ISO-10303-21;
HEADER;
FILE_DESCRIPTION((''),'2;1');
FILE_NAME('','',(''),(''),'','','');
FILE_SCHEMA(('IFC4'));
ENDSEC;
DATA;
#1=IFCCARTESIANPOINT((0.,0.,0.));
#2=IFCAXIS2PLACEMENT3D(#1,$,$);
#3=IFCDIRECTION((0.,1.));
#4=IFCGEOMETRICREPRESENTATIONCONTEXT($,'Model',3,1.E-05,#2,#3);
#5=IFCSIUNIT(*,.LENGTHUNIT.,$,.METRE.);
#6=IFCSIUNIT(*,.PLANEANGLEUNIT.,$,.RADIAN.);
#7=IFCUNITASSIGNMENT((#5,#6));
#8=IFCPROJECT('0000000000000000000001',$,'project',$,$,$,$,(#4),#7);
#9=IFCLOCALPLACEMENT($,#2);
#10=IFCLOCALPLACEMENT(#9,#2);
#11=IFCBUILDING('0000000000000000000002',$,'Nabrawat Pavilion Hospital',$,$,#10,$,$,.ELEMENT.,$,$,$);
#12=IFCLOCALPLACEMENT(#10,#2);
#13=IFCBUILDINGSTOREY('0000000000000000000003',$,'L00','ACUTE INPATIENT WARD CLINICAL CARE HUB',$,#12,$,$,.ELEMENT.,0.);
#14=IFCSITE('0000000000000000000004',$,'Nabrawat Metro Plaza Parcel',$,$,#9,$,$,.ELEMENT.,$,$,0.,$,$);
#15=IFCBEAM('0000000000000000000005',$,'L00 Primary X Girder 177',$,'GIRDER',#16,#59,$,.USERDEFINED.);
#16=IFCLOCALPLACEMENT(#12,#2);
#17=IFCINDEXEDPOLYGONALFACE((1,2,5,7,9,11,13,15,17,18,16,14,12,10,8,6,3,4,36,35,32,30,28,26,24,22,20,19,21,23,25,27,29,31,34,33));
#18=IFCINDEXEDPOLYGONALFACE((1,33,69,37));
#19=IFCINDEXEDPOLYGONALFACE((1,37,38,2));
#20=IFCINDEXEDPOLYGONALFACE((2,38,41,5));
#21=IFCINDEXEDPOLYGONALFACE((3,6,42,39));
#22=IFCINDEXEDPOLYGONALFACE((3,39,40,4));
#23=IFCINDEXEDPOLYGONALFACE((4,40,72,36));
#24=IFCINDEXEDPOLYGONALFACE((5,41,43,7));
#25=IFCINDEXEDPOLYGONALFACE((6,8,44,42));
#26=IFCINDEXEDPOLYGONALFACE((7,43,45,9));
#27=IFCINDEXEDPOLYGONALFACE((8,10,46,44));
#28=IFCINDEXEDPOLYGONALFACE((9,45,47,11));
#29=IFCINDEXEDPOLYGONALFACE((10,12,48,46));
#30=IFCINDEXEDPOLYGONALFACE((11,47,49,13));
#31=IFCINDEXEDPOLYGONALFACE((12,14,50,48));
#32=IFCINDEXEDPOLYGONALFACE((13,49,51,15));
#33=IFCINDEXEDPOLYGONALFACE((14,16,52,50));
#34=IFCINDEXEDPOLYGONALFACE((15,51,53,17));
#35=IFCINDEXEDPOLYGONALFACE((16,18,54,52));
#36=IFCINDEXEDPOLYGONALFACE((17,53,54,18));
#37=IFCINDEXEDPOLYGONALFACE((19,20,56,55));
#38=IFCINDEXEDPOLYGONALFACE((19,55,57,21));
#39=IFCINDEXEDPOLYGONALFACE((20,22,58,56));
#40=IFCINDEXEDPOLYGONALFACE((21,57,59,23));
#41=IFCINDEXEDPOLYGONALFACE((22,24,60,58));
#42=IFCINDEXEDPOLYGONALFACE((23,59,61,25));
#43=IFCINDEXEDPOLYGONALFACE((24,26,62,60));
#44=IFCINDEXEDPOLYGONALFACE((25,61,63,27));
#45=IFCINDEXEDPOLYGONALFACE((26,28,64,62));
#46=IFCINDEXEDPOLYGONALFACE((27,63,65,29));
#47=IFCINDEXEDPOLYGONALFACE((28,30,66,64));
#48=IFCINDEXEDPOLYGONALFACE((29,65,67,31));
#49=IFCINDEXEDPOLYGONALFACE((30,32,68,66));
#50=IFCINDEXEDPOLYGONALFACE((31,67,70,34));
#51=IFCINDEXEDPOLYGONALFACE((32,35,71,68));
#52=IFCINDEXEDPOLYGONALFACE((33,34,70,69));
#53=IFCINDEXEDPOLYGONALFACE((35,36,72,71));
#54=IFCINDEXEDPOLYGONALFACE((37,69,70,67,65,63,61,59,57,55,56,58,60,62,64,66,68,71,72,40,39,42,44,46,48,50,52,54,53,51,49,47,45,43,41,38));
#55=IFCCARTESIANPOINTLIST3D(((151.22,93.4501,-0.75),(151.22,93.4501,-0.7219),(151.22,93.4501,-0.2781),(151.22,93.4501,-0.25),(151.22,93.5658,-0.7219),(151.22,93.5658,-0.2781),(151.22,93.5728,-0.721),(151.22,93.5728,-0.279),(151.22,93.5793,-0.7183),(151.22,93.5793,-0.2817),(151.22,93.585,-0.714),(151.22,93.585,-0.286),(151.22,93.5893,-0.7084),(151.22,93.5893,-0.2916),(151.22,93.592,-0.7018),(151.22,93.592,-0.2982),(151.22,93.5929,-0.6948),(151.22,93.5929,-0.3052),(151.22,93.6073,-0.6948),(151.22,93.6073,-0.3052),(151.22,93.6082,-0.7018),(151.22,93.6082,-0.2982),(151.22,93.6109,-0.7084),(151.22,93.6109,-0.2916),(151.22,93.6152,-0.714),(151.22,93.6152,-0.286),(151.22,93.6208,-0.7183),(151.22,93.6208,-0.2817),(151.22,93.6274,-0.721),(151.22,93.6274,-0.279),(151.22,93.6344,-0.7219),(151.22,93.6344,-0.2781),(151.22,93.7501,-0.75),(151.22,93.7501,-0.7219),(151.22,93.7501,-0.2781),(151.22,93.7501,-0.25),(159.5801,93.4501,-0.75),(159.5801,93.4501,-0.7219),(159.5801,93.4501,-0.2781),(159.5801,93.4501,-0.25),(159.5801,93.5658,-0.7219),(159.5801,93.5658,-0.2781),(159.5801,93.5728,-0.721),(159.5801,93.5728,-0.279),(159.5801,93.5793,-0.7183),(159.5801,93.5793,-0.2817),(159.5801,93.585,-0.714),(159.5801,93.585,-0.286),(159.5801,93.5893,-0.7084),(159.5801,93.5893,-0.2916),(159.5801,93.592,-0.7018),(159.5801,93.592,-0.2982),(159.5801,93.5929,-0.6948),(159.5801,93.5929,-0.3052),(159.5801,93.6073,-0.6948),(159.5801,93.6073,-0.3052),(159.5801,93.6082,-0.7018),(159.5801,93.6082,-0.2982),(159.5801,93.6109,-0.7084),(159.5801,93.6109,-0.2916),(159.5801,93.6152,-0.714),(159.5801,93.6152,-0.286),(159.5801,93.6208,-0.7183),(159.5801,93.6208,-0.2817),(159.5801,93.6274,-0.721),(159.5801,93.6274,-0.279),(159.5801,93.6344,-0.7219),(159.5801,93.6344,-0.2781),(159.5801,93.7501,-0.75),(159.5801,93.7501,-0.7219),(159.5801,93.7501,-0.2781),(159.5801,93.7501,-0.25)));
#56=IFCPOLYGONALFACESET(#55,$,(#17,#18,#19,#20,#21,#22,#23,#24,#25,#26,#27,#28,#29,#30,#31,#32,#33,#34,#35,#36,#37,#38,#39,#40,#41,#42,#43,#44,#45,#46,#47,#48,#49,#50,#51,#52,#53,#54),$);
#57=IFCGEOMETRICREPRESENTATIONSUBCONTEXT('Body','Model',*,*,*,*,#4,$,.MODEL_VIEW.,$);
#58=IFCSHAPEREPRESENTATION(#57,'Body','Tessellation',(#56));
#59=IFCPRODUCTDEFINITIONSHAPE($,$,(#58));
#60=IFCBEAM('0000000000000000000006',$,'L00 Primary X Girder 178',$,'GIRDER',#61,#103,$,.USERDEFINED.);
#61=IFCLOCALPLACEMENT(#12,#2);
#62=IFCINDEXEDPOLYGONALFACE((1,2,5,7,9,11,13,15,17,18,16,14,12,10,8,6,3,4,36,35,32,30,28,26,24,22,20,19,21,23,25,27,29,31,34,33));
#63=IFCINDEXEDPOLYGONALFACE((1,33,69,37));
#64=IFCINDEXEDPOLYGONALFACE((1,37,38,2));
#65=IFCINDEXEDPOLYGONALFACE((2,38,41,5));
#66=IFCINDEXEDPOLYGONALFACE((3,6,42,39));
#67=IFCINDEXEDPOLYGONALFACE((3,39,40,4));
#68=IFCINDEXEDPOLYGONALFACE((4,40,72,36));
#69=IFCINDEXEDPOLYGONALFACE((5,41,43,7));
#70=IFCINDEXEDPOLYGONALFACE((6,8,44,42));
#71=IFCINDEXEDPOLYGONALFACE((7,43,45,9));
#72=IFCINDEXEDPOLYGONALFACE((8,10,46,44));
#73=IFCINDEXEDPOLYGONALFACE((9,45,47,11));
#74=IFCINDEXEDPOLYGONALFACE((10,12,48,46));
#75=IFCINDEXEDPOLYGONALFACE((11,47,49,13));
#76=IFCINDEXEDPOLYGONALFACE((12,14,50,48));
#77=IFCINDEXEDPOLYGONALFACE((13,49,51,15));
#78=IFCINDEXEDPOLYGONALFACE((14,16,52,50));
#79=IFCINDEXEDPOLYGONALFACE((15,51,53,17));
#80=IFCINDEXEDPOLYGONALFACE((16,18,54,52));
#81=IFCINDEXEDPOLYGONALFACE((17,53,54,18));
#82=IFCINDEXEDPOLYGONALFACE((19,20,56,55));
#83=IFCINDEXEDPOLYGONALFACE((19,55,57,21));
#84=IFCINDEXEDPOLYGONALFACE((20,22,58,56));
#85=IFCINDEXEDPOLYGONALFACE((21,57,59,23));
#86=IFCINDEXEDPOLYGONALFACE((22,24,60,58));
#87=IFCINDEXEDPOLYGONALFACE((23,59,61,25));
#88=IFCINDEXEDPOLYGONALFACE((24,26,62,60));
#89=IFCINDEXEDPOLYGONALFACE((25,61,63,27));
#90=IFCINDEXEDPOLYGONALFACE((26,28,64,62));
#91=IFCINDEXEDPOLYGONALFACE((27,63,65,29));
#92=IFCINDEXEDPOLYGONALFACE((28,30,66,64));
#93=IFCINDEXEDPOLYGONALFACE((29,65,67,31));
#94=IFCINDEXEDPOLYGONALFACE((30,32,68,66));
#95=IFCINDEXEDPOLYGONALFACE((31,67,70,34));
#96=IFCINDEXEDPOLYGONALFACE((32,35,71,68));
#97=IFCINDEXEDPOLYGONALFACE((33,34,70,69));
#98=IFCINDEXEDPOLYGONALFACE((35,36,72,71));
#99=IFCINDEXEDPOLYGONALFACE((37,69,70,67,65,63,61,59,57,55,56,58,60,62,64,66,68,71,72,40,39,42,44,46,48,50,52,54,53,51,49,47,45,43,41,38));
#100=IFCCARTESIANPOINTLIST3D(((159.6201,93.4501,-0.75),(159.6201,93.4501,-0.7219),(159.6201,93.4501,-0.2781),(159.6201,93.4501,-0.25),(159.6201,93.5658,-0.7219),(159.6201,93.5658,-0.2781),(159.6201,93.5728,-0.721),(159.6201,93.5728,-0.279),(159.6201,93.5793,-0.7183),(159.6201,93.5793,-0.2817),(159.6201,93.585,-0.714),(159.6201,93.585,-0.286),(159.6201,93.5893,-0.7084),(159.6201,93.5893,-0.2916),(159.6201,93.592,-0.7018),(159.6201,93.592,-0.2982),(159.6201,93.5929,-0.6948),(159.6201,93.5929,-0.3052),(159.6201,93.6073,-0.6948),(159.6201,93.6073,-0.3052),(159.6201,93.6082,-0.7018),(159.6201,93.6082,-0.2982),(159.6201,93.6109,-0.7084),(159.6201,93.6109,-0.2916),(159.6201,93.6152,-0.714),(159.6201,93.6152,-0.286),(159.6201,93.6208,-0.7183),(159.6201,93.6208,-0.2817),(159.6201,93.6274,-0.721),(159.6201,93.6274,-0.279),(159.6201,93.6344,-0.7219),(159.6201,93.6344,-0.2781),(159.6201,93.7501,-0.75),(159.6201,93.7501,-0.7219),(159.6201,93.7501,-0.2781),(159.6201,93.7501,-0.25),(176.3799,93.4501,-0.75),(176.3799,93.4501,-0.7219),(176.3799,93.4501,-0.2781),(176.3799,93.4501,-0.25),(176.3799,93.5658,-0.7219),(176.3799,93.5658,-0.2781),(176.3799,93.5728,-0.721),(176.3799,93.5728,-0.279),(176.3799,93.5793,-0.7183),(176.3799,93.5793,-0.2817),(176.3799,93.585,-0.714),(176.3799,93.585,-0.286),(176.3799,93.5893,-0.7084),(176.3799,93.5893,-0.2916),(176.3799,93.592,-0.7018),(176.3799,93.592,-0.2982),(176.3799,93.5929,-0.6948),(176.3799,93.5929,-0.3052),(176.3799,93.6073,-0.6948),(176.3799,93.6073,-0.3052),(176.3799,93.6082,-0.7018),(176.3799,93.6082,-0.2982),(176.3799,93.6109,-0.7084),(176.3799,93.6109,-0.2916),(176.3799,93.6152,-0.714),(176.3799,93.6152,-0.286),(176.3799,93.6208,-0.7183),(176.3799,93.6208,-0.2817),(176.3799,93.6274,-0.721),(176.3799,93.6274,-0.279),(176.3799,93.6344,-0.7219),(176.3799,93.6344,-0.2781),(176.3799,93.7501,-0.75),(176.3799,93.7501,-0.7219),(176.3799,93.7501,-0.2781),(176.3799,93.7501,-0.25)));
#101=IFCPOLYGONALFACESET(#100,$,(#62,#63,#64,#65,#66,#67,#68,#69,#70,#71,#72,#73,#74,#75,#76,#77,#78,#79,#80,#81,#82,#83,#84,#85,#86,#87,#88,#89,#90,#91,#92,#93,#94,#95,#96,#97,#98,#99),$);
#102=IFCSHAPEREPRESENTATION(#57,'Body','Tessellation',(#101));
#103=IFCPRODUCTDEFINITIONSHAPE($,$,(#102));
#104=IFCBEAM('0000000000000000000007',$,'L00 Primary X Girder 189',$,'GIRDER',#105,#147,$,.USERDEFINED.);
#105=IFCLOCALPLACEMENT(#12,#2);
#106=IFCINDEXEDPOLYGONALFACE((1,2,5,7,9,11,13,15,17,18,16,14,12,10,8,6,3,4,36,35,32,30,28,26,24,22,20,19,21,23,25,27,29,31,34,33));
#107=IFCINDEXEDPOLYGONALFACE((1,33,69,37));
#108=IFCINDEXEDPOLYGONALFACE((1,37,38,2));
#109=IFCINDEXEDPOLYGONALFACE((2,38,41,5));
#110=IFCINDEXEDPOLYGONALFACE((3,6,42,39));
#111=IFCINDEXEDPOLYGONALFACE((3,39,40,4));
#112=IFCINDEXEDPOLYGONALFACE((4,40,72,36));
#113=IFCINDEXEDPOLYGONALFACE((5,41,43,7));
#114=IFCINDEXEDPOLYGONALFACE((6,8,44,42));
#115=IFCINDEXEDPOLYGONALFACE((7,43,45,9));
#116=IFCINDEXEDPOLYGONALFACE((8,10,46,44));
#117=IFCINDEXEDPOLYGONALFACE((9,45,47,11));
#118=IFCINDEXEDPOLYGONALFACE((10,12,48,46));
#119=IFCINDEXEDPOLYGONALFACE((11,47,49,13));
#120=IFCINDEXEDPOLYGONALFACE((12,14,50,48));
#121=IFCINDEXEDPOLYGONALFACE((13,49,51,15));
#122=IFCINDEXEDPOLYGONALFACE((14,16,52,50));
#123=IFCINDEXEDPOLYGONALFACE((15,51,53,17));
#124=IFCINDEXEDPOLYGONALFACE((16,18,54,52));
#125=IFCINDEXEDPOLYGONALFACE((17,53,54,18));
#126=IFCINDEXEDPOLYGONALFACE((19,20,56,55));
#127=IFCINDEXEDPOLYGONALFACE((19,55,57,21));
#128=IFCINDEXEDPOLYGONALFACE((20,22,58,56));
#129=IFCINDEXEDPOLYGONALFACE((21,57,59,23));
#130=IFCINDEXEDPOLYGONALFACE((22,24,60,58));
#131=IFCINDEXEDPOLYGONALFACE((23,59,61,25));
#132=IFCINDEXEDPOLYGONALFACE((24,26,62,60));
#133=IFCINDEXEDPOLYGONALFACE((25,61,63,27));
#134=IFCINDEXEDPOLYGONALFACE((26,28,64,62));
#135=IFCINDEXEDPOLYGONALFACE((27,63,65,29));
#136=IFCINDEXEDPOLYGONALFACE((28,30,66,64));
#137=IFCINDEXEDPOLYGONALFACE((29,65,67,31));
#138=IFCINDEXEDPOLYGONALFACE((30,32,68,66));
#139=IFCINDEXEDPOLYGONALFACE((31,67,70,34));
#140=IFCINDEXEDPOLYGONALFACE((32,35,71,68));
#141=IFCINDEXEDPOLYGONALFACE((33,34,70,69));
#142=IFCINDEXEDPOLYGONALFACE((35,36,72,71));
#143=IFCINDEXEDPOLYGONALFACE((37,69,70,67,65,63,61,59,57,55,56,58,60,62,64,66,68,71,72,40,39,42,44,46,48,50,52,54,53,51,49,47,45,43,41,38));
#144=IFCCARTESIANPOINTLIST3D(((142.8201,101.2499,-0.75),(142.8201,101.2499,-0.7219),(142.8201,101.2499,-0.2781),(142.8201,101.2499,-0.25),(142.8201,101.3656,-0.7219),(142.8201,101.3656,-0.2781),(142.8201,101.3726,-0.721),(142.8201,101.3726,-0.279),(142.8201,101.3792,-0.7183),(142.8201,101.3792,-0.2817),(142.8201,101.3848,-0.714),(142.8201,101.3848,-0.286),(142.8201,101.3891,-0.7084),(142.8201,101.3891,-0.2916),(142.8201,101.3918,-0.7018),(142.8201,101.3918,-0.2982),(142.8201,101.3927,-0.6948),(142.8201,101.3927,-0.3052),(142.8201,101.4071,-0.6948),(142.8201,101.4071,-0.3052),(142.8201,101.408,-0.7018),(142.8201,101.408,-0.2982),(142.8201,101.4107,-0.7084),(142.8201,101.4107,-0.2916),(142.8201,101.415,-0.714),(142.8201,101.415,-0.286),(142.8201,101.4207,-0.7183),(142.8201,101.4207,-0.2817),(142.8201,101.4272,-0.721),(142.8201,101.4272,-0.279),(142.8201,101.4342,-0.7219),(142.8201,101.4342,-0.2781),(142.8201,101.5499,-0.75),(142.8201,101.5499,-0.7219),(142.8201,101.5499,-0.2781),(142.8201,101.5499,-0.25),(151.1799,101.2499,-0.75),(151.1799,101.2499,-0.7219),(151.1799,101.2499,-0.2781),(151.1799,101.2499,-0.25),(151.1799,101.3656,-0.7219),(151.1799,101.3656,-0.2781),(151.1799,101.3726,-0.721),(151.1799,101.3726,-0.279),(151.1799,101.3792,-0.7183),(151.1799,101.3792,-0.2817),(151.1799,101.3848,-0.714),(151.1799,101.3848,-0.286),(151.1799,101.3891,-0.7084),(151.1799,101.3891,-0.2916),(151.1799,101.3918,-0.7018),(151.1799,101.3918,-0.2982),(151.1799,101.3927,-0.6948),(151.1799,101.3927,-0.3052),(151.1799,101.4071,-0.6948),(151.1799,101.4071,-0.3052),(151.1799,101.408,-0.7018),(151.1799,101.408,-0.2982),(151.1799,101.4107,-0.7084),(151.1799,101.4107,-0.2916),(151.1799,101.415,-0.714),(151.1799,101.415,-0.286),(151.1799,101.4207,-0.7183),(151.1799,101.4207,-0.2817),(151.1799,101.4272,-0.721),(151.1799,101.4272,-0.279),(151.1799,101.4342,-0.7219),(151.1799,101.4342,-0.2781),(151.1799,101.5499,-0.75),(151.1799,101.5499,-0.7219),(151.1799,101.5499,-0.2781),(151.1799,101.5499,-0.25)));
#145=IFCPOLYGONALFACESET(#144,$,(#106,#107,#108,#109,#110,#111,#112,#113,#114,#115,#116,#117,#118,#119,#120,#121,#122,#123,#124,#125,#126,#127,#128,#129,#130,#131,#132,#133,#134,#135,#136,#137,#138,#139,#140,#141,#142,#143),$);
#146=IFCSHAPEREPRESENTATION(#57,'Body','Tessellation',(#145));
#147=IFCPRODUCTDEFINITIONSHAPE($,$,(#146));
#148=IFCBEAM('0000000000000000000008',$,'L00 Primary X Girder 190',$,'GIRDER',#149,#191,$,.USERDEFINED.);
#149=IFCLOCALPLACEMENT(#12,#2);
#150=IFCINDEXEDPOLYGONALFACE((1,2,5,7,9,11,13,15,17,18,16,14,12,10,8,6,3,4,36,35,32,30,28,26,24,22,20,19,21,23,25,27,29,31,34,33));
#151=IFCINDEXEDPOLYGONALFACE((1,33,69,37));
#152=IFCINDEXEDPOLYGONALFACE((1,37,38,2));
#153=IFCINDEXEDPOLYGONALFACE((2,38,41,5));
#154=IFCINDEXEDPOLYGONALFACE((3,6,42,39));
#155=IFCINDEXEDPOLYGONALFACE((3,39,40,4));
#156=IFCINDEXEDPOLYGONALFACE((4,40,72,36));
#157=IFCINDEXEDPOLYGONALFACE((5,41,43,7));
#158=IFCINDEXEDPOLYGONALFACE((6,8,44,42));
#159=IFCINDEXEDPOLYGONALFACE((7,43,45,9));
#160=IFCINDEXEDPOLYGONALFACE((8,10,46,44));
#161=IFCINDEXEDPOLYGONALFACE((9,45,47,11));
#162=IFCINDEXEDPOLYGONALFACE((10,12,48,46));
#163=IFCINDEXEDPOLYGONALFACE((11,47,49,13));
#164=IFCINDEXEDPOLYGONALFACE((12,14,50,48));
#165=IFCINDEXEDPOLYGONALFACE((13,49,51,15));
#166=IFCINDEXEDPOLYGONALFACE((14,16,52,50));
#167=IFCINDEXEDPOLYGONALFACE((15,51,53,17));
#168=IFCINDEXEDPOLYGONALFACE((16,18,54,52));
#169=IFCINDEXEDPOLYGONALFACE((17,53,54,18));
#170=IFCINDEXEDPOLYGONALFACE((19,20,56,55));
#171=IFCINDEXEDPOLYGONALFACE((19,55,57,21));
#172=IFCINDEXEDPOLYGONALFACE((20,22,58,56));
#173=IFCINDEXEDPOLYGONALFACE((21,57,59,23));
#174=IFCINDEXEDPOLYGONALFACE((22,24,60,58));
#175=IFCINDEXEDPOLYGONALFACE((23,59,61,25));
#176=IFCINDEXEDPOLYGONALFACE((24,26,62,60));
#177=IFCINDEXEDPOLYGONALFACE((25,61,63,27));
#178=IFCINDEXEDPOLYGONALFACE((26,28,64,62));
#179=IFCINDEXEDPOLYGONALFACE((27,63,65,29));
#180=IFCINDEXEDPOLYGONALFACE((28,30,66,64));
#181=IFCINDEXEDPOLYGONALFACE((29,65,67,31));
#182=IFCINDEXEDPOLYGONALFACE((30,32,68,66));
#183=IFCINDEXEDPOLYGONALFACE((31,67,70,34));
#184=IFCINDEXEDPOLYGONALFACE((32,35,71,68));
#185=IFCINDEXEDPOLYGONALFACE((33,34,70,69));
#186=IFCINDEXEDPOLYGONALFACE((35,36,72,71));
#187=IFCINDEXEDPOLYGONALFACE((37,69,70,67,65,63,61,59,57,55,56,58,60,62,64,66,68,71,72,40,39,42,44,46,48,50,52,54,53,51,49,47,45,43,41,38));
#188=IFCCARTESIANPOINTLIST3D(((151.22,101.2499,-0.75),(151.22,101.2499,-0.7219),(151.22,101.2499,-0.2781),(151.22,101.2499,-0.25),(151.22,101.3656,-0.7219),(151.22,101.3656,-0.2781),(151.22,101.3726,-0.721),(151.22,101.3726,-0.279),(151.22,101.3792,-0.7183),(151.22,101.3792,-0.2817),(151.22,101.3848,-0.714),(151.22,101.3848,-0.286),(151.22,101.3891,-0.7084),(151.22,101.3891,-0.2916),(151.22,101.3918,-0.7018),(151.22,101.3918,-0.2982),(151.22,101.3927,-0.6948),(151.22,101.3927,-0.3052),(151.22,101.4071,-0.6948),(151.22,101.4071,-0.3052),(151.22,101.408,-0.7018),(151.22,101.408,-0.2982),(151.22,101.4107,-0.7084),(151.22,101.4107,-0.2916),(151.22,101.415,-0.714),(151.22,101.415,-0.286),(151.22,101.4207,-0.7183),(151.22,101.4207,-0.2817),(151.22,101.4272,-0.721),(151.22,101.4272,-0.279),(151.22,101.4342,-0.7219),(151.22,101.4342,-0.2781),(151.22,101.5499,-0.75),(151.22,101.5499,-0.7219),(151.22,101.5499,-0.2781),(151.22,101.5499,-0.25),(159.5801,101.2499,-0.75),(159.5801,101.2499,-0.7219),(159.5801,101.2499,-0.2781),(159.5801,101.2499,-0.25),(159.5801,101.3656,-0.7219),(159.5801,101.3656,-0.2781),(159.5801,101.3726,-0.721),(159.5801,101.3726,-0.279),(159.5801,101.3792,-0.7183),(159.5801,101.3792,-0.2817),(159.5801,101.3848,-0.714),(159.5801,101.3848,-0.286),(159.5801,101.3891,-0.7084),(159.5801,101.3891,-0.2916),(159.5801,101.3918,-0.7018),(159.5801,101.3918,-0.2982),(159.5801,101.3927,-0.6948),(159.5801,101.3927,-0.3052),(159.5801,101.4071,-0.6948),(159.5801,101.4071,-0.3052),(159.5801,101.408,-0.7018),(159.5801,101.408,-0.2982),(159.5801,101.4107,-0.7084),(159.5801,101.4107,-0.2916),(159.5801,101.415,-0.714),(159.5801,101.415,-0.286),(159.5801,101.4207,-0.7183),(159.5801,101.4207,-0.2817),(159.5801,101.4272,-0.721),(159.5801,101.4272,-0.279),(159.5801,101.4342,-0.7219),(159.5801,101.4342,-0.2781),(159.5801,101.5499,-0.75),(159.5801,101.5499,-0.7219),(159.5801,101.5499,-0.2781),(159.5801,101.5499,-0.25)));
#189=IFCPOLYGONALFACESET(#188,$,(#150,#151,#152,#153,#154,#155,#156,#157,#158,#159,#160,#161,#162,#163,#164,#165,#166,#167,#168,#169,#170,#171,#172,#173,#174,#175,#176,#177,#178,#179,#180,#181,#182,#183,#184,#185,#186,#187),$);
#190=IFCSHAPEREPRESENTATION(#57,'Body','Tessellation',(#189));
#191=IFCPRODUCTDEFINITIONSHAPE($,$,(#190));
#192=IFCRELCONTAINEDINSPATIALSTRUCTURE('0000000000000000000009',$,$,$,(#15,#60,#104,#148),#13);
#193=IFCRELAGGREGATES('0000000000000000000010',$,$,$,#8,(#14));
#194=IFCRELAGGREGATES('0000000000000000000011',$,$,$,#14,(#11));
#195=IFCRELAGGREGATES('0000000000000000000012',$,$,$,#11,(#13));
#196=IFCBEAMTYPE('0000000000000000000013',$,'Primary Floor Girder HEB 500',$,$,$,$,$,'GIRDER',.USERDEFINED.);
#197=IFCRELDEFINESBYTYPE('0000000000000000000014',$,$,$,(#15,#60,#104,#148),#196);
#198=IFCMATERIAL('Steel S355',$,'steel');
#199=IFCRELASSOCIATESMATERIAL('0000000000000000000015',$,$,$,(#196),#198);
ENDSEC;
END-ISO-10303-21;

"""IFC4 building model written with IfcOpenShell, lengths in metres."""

from ifc_helpers import new_model, si_unit, direction, frame, origin, origin_2d, place, context, subcontext, project, spatial, i_section, extrude, material, material_profile, profile_set, type_object, element, save


model = new_model("IFC4")

# Units and contexts
model_context = context("Model", 3, precision=1e-05, world=origin(), true_north=direction((0.0, 1.0)))
body_context = subcontext(model_context, "Body", "Model", "MODEL_VIEW")
ifc_project = project(units=[si_unit("LENGTHUNIT", "METRE"), si_unit("PLANEANGLEUNIT", "RADIAN")], contexts=[model_context])

# Site, building, storey
site_placement = place(None, origin())
site = spatial("IfcSite", under=ifc_project, at=site_placement, Name="Nabrawat Metro Plaza Parcel", CompositionType="ELEMENT", RefElevation=0.0)
building_placement = place(site_placement, origin())
building = spatial("IfcBuilding", under=site, at=building_placement, Name="Nabrawat Pavilion Hospital", CompositionType="ELEMENT")
storey_placement = place(building_placement, origin())
storey = spatial("IfcBuildingStorey", under=building, at=storey_placement, Name="L00", Description="ACUTE INPATIENT WARD CLINICAL CARE HUB", CompositionType="ELEMENT", Elevation=0.0)

# Shared definitions
ifc_material_1 = material(Name="Steel S355", Category="steel")

# Beams
ifc_material_profile_1 = material_profile(ifc_material_1, i_section(OverallWidth=0.3, OverallDepth=0.5, WebThickness=0.0144, FlangeThickness=0.0281, FilletRadius=0.0271, at=origin_2d()), Name="HEB 500")
ifc_profile_set_1 = profile_set([ifc_material_profile_1], Name="Steel S355")
beam_type_1 = type_object("IfcBeamType", Name="Primary Floor Girder HEB 500", ElementType="GIRDER", PredefinedType="USERDEFINED", material=ifc_profile_set_1)
beam_1_placement = place(storey_placement, frame((151.22, 93.6001, -0.5), z_axis=(1.0, 0.0, 0.0), x_axis=(0.0, 1.0, 0.0)))
element("IfcBeam", 1, at=beam_1_placement, inside=storey, type_object=beam_type_1, Name="L00 Primary X Girder 177", ObjectType="GIRDER", PredefinedType="USERDEFINED", context=body_context, shape_type="SweptSolid", body=[
    extrude(i_section(OverallWidth=0.3, OverallDepth=0.5, WebThickness=0.0144, FlangeThickness=0.0281, FilletRadius=0.0271, at=origin_2d()), origin(), (0.0, 0.0, 1.0), 8.3601),
])
beam_2_placement = place(storey_placement, frame((159.6201, 93.6001, -0.5), z_axis=(1.0, 0.0, 0.0), x_axis=(0.0, 1.0, 0.0)))
element("IfcBeam", 2, at=beam_2_placement, inside=storey, type_object=beam_type_1, Name="L00 Primary X Girder 178", ObjectType="GIRDER", PredefinedType="USERDEFINED", context=body_context, shape_type="SweptSolid", body=[
    extrude(i_section(OverallWidth=0.3, OverallDepth=0.5, WebThickness=0.0144, FlangeThickness=0.0281, FilletRadius=0.0271, at=origin_2d()), origin(), (0.0, 0.0, 1.0), 16.7598),
])
beam_3_placement = place(storey_placement, frame((142.8201, 101.3999, -0.5), z_axis=(1.0, 0.0, 0.0), x_axis=(0.0, 1.0, 0.0)))
element("IfcBeam", 3, at=beam_3_placement, inside=storey, type_object=beam_type_1, Name="L00 Primary X Girder 189", ObjectType="GIRDER", PredefinedType="USERDEFINED", context=body_context, shape_type="SweptSolid", body=[
    extrude(i_section(OverallWidth=0.3, OverallDepth=0.5, WebThickness=0.0144, FlangeThickness=0.0281, FilletRadius=0.0271, at=origin_2d()), origin(), (0.0, 0.0, 1.0), 8.3599),
])
beam_4_placement = place(storey_placement, frame((151.22, 101.3999, -0.5), z_axis=(1.0, 0.0, 0.0), x_axis=(0.0, 1.0, 0.0)))
element("IfcBeam", 4, at=beam_4_placement, inside=storey, type_object=beam_type_1, Name="L00 Primary X Girder 190", ObjectType="GIRDER", PredefinedType="USERDEFINED", context=body_context, shape_type="SweptSolid", body=[
    extrude(i_section(OverallWidth=0.3, OverallDepth=0.5, WebThickness=0.0144, FlangeThickness=0.0281, FilletRadius=0.0271, at=origin_2d()), origin(), (0.0, 0.0, 1.0), 8.3601),
])

save(model, "model.ifc")
